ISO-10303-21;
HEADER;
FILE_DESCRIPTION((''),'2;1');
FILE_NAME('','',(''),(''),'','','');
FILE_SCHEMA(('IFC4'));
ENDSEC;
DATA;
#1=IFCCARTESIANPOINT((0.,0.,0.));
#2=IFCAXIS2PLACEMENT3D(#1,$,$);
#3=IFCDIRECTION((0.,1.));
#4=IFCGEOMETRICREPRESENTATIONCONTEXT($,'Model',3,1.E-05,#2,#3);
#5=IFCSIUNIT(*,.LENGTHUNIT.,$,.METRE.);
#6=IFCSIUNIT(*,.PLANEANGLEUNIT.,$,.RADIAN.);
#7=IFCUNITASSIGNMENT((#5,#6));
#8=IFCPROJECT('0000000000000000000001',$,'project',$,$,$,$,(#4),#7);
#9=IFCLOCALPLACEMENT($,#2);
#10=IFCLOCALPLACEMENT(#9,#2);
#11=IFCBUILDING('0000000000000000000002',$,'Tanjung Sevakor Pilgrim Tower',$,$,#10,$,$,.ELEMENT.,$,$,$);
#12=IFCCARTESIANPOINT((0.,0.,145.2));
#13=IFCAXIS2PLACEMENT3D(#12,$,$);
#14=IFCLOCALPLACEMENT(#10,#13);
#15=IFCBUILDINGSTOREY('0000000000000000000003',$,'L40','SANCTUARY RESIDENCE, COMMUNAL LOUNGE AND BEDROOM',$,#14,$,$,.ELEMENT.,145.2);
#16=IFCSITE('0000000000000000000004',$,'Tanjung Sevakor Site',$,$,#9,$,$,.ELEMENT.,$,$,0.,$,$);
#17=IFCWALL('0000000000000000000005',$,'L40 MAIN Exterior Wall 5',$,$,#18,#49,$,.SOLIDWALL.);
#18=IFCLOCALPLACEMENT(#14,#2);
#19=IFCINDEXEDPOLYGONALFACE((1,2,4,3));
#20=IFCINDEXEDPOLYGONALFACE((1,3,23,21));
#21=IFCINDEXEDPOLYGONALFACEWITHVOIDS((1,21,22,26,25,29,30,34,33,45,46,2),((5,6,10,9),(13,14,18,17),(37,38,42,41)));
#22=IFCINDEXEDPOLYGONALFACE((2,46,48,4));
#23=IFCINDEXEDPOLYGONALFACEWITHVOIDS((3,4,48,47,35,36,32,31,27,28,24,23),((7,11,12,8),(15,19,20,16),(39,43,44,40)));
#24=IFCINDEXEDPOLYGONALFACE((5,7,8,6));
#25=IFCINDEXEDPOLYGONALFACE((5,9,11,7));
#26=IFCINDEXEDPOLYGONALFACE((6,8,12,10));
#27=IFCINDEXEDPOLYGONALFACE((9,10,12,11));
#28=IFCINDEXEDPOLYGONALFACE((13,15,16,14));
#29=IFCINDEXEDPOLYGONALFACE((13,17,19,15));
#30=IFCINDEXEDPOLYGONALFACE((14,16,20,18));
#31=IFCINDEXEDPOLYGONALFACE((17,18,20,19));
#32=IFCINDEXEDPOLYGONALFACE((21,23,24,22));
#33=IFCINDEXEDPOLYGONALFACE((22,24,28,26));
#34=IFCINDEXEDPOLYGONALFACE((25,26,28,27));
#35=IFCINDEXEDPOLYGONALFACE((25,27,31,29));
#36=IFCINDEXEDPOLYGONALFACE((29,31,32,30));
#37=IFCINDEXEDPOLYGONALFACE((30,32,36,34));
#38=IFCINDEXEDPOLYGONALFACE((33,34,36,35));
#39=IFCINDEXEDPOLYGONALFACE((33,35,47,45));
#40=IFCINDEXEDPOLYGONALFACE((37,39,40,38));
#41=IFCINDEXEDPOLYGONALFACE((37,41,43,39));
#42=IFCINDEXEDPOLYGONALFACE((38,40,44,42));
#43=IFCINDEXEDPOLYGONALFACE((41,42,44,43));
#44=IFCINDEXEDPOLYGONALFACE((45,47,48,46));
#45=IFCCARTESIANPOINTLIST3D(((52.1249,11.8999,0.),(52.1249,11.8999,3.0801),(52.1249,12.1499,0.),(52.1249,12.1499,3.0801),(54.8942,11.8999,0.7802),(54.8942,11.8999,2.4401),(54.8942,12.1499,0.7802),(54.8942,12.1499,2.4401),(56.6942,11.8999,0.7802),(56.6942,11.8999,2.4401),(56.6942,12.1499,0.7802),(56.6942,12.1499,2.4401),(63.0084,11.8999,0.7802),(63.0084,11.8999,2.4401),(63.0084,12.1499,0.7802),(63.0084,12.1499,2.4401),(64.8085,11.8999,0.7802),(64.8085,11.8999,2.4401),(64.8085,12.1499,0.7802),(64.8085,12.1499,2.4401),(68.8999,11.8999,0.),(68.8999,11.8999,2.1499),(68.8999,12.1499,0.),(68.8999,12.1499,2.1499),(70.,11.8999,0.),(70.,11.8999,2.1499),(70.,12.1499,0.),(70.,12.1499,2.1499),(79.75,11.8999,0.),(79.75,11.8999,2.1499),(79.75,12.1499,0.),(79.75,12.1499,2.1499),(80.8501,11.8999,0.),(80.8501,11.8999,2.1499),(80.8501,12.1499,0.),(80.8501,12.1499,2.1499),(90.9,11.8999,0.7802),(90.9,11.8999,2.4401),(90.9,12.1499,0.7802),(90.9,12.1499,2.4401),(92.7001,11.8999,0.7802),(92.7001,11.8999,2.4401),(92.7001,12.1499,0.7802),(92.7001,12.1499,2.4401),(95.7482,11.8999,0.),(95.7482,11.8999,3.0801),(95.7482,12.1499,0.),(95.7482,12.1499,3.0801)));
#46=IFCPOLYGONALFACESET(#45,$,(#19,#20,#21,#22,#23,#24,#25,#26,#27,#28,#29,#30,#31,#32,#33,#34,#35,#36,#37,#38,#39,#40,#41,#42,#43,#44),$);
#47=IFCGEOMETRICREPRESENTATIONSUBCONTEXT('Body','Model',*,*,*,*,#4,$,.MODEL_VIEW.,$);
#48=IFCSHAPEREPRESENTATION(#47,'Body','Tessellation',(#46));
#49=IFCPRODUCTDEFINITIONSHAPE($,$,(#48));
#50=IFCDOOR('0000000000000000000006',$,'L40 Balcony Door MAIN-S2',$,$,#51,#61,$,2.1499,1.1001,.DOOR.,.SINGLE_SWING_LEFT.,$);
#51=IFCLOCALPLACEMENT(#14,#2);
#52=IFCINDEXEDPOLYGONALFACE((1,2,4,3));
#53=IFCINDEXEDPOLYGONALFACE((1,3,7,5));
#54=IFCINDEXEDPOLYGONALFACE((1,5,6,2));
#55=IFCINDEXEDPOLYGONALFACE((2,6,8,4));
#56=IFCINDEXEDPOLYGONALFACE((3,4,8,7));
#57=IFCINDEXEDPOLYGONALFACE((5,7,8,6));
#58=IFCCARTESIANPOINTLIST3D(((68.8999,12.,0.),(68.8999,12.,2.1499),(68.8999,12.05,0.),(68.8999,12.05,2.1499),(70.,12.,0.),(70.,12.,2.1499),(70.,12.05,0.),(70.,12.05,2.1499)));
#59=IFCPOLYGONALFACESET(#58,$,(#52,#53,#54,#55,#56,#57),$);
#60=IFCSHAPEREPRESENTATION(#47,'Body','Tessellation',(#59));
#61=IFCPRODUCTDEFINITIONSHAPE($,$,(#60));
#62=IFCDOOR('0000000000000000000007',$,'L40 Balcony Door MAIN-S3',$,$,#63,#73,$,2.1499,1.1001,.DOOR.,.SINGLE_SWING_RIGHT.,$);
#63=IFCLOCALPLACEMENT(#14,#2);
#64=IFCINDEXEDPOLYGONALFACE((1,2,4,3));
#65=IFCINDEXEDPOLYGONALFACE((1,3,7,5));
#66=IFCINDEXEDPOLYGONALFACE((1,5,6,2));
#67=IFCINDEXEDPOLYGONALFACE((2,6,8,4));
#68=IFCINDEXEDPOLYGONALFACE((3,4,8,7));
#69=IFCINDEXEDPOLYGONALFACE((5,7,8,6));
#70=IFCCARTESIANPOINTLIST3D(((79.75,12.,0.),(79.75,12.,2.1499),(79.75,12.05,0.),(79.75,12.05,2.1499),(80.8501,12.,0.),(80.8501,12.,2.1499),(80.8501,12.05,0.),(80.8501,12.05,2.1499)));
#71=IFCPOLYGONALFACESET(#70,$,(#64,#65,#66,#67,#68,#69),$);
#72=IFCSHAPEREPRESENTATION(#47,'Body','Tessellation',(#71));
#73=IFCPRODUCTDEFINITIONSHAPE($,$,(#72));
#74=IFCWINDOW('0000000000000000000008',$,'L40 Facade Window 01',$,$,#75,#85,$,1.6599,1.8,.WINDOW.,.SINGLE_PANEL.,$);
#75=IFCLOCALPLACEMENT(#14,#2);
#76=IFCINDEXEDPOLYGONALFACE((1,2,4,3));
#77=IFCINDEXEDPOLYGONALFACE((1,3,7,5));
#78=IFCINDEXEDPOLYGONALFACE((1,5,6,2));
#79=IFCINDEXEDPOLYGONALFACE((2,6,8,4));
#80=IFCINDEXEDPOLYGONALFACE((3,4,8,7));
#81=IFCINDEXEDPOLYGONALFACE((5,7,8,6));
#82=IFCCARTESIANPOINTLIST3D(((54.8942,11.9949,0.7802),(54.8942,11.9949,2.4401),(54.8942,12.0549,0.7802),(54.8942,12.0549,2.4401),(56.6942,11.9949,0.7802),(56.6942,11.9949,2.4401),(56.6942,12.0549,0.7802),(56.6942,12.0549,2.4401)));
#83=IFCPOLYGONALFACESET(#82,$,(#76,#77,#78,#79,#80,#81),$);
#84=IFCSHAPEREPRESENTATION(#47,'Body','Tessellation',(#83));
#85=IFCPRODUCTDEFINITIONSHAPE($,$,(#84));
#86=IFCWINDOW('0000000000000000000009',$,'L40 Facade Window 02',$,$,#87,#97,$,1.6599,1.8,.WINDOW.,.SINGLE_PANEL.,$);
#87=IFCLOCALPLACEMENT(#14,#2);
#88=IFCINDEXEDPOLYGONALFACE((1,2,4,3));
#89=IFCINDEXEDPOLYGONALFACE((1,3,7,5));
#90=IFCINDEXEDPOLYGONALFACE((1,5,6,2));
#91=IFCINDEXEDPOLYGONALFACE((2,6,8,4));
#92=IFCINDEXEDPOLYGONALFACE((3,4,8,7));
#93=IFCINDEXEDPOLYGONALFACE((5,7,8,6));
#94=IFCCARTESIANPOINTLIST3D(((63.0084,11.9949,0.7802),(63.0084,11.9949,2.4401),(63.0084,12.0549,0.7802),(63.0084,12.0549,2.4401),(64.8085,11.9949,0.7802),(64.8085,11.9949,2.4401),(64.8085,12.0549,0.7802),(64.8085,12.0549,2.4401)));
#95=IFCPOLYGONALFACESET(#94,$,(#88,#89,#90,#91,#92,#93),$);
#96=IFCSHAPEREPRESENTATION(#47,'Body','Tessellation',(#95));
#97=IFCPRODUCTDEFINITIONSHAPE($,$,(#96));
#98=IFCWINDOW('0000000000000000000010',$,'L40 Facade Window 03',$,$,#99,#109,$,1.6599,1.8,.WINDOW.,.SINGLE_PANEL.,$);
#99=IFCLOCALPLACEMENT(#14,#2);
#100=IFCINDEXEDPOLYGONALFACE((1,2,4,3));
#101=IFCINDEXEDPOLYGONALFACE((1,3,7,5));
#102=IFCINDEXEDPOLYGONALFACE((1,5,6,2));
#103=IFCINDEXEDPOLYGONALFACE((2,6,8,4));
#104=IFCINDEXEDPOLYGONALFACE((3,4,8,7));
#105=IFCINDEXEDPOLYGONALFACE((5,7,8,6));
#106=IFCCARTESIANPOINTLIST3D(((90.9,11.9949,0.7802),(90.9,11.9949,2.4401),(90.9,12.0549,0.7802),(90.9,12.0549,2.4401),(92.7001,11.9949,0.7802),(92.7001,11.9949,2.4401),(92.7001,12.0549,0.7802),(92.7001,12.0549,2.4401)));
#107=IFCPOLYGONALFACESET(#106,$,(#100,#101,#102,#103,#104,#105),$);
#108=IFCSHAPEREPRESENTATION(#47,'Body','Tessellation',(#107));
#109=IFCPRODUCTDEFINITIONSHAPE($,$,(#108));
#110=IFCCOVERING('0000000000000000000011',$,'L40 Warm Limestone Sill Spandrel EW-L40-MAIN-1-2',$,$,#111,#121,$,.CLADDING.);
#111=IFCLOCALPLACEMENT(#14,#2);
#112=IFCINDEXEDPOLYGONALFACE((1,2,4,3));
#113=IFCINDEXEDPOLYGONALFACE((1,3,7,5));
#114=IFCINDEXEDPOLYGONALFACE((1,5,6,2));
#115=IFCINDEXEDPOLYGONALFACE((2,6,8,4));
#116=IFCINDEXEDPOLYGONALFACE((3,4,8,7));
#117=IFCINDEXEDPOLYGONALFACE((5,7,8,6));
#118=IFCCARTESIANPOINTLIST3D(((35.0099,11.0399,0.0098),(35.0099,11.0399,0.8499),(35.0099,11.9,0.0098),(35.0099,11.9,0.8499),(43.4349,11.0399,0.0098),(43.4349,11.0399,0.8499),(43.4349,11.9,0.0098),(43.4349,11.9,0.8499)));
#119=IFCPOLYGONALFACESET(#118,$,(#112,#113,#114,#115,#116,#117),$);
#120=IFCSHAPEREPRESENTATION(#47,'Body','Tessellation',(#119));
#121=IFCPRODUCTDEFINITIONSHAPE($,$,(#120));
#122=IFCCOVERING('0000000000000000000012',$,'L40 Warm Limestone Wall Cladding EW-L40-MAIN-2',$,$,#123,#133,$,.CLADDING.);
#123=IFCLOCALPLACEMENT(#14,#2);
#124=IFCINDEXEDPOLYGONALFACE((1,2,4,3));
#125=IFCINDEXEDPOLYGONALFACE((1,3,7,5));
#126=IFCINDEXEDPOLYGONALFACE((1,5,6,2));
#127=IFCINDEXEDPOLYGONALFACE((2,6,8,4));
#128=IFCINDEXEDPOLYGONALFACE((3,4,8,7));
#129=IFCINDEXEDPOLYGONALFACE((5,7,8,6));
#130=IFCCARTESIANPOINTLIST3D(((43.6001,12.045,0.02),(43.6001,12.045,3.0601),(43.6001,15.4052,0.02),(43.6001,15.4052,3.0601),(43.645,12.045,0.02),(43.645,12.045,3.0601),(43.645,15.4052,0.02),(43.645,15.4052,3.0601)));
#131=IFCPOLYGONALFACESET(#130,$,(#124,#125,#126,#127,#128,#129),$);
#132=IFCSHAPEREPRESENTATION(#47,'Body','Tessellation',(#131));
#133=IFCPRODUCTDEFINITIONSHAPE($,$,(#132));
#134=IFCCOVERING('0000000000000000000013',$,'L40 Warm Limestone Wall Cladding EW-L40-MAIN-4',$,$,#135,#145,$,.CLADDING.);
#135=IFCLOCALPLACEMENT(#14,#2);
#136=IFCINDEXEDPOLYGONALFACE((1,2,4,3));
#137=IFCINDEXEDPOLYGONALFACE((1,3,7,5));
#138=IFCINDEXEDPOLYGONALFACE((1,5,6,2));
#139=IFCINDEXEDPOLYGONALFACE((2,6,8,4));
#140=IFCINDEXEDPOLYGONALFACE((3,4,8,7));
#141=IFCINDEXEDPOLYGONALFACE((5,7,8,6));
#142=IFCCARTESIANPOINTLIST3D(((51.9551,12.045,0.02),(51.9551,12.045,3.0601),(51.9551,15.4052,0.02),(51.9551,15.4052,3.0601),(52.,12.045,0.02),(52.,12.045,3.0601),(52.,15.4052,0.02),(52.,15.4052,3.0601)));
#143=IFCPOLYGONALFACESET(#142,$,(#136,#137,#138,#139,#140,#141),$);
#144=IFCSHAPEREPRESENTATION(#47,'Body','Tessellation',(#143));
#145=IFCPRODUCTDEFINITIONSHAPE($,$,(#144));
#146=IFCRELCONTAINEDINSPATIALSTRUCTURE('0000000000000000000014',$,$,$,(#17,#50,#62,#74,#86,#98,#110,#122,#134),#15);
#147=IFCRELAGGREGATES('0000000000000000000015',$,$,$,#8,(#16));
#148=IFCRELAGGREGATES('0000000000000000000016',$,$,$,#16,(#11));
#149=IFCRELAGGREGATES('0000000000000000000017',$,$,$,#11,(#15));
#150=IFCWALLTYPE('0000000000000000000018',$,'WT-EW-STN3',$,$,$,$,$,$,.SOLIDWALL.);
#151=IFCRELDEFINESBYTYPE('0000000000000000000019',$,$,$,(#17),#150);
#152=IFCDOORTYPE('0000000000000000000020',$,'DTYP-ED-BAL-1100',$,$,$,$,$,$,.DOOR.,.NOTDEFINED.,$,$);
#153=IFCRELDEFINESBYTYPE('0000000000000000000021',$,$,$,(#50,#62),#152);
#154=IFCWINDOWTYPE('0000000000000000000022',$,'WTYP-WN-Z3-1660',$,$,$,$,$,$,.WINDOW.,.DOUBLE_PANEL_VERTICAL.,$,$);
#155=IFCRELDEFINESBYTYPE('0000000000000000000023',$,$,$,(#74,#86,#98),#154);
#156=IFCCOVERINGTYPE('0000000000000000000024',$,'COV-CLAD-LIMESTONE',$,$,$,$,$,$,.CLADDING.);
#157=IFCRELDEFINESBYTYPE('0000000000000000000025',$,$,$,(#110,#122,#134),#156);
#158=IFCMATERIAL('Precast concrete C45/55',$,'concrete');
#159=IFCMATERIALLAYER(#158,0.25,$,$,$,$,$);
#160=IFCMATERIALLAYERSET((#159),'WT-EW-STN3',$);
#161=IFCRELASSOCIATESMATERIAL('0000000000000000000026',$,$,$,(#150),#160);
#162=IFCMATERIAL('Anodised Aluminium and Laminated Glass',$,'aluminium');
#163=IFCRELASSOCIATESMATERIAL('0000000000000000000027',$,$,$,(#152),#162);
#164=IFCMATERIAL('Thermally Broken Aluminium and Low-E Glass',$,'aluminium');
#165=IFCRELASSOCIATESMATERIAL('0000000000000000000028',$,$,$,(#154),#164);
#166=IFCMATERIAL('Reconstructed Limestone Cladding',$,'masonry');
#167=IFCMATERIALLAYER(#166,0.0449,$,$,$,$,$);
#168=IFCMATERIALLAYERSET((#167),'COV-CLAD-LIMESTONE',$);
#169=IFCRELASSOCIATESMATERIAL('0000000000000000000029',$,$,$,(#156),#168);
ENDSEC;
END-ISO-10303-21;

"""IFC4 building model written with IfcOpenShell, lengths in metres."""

from ifc_helpers import new_model, si_unit, direction, frame, frame_2d, origin, origin_2d, place, context, subcontext, project, spatial, rectangle, extrude, material, layer, layer_set, type_object, element, fill, save


model = new_model("IFC4")

# Units and contexts
model_context = context("Model", 3, precision=1e-05, world=origin(), true_north=direction((0.0, 1.0)))
body_context = subcontext(model_context, "Body", "Model", "MODEL_VIEW")
ifc_project = project(units=[si_unit("LENGTHUNIT", "METRE"), si_unit("PLANEANGLEUNIT", "RADIAN")], contexts=[model_context])

# Site, building, storey
site_placement = place(None, origin())
site = spatial("IfcSite", under=ifc_project, at=site_placement, Name="Tanjung Sevakor Site", CompositionType="ELEMENT", RefElevation=0.0)
building_placement = place(site_placement, origin())
building = spatial("IfcBuilding", under=site, at=building_placement, Name="Tanjung Sevakor Pilgrim Tower", CompositionType="ELEMENT")
storey_placement = place(building_placement, frame((0.0, 0.0, 145.2)))
storey = spatial("IfcBuildingStorey", under=building, at=storey_placement, Name="L40", Description="SANCTUARY RESIDENCE, COMMUNAL LOUNGE AND BEDROOM", CompositionType="ELEMENT", Elevation=145.2)

# Shared definitions
ifc_material_1 = material(Name="Precast concrete C45/55", Category="concrete")
ifc_layer_1 = layer(ifc_material_1, 0.25)
ifc_layer_set_1 = layer_set([ifc_layer_1], Name="WT-EW-STN3")
wall_type_1 = type_object("IfcWallType", Name="WT-EW-STN3", PredefinedType="SOLIDWALL", material=ifc_layer_set_1)

# Wall, openings, doors, windows
wall_1_placement = place(storey_placement, frame((52.125, 12.0249, 0.0), z_axis=(0.0, 0.0, 1.0), x_axis=(1.0, 0.0, 0.0)))
wall_1 = element("IfcWall", 1, at=wall_1_placement, inside=storey, type_object=wall_type_1, Name="L40 MAIN Exterior Wall 5", PredefinedType="SOLIDWALL", context=body_context, shape_type="SweptSolid", body=[
    extrude(rectangle(XDim=43.6233, YDim=0.25, at=frame_2d((21.8115, 0.0))), origin(), (0.0, 0.0, 1.0), 3.0801),
])
opening_1_placement = place(wall_1_placement, frame((16.7749, 0.0, 0.0)))
opening_1 = element("IfcOpeningElement", 2, at=opening_1_placement, cuts=wall_1, PredefinedType="OPENING", context=body_context, shape_type="SweptSolid", body=[
    extrude(rectangle(XDim=1.1001, YDim=2.1499, at=frame_2d((0.55, 1.075))), frame((0.0, 0.135, 0.0), z_axis=(0.0, -1.0, 0.0), x_axis=(1.0, 0.0, 0.0)), (0.0, 0.0, 1.0), 0.27),
])
opening_2_placement = place(wall_1_placement, frame((27.625, 0.0, 0.0)))
opening_2 = element("IfcOpeningElement", 3, at=opening_2_placement, cuts=wall_1, PredefinedType="OPENING", context=body_context, shape_type="SweptSolid", body=[
    extrude(rectangle(XDim=1.1001, YDim=2.1499, at=frame_2d((0.55, 1.075))), frame((0.0, 0.135, 0.0), z_axis=(0.0, -1.0, 0.0), x_axis=(1.0, 0.0, 0.0)), (0.0, 0.0, 1.0), 0.27),
])
opening_3_placement = place(wall_1_placement, frame((2.7693, 0.0, 0.78)))
opening_3 = element("IfcOpeningElement", 4, at=opening_3_placement, cuts=wall_1, PredefinedType="OPENING", context=body_context, shape_type="SweptSolid", body=[
    extrude(rectangle(XDim=1.8, YDim=1.6599, at=frame_2d((0.8999, 0.8301))), frame((0.0, 0.135, 0.0), z_axis=(0.0, -1.0, 0.0), x_axis=(1.0, 0.0, 0.0)), (0.0, 0.0, 1.0), 0.27),
])
opening_4_placement = place(wall_1_placement, frame((10.8835, 0.0, 0.78)))
opening_4 = element("IfcOpeningElement", 5, at=opening_4_placement, cuts=wall_1, PredefinedType="OPENING", context=body_context, shape_type="SweptSolid", body=[
    extrude(rectangle(XDim=1.8, YDim=1.6599, at=frame_2d((0.8999, 0.8301))), frame((0.0, 0.135, 0.0), z_axis=(0.0, -1.0, 0.0), x_axis=(1.0, 0.0, 0.0)), (0.0, 0.0, 1.0), 0.27),
])
opening_5_placement = place(wall_1_placement, frame((38.7751, 0.0, 0.78)))
opening_5 = element("IfcOpeningElement", 6, at=opening_5_placement, cuts=wall_1, PredefinedType="OPENING", context=body_context, shape_type="SweptSolid", body=[
    extrude(rectangle(XDim=1.8, YDim=1.6599, at=frame_2d((0.8999, 0.8301))), frame((0.0, 0.135, 0.0), z_axis=(0.0, -1.0, 0.0), x_axis=(1.0, 0.0, 0.0)), (0.0, 0.0, 1.0), 0.27),
])
ifc_material_2 = material(Name="Anodised Aluminium and Laminated Glass", Category="aluminium")
door_type_1 = type_object("IfcDoorType", Name="DTYP-ED-BAL-1100", OperationType="NOTDEFINED", PredefinedType="DOOR", material=ifc_material_2)
door_1_placement = place(opening_1_placement, frame((1.1001, 0.0, 0.0), z_axis=(0.0, 0.0, 1.0), x_axis=(-1.0, 0.0, 0.0)))
door_1 = element("IfcDoor", 7, at=door_1_placement, inside=storey, type_object=door_type_1, Name="L40 Balcony Door MAIN-S2", OperationType="SINGLE_SWING_LEFT", OverallHeight=2.1499, OverallWidth=1.1001, PredefinedType="DOOR", context=body_context, shape_type="SweptSolid", body=[
    extrude(rectangle(XDim=1.1001, YDim=2.1499, at=frame_2d((0.55, 1.075))), frame((0.0, 0.0249, 0.0), z_axis=(0.0, -1.0, 0.0), x_axis=(1.0, 0.0, 0.0)), (0.0, 0.0, 1.0), 0.05),
])
fill(opening_1, door_1)
door_2_placement = place(opening_2_placement, frame((1.1001, 0.0, 0.0), z_axis=(0.0, 0.0, 1.0), x_axis=(-1.0, 0.0, 0.0)))
door_2 = element("IfcDoor", 8, at=door_2_placement, inside=storey, type_object=door_type_1, Name="L40 Balcony Door MAIN-S3", OperationType="SINGLE_SWING_RIGHT", OverallHeight=2.1499, OverallWidth=1.1001, PredefinedType="DOOR", context=body_context, shape_type="SweptSolid", body=[
    extrude(rectangle(XDim=1.1001, YDim=2.1499, at=frame_2d((0.55, 1.075))), frame((0.0, 0.0249, 0.0), z_axis=(0.0, -1.0, 0.0), x_axis=(1.0, 0.0, 0.0)), (0.0, 0.0, 1.0), 0.05),
])
fill(opening_2, door_2)
ifc_material_3 = material(Name="Thermally Broken Aluminium and Low-E Glass", Category="aluminium")
window_type = type_object("IfcWindowType", Name="WTYP-WN-Z3-1660", PartitioningType="DOUBLE_PANEL_VERTICAL", PredefinedType="WINDOW", material=ifc_material_3)
window_1_placement = place(opening_3_placement, origin())
window_1 = element("IfcWindow", 9, at=window_1_placement, inside=storey, type_object=window_type, Name="L40 Facade Window 01", OverallHeight=1.6599, OverallWidth=1.8, PartitioningType="SINGLE_PANEL", PredefinedType="WINDOW", context=body_context, shape_type="SweptSolid", body=[
    extrude(rectangle(XDim=1.8, YDim=1.6599, at=frame_2d((0.8999, 0.8301))), frame((0.0, 0.03, 0.0), z_axis=(0.0, -1.0, 0.0), x_axis=(1.0, 0.0, 0.0)), (0.0, 0.0, 1.0), 0.0601),
])
fill(opening_3, window_1)
window_2_placement = place(opening_4_placement, origin())
window_2 = element("IfcWindow", 10, at=window_2_placement, inside=storey, type_object=window_type, Name="L40 Facade Window 02", OverallHeight=1.6599, OverallWidth=1.8, PartitioningType="SINGLE_PANEL", PredefinedType="WINDOW", context=body_context, shape_type="SweptSolid", body=[
    extrude(rectangle(XDim=1.8, YDim=1.6599, at=frame_2d((0.8999, 0.8301))), frame((0.0, 0.03, 0.0), z_axis=(0.0, -1.0, 0.0), x_axis=(1.0, 0.0, 0.0)), (0.0, 0.0, 1.0), 0.0601),
])
fill(opening_4, window_2)
window_3_placement = place(opening_5_placement, origin())
window_3 = element("IfcWindow", 11, at=window_3_placement, inside=storey, type_object=window_type, Name="L40 Facade Window 03", OverallHeight=1.6599, OverallWidth=1.8, PartitioningType="SINGLE_PANEL", PredefinedType="WINDOW", context=body_context, shape_type="SweptSolid", body=[
    extrude(rectangle(XDim=1.8, YDim=1.6599, at=frame_2d((0.8999, 0.8301))), frame((0.0, 0.03, 0.0), z_axis=(0.0, -1.0, 0.0), x_axis=(1.0, 0.0, 0.0)), (0.0, 0.0, 1.0), 0.0601),
])
fill(opening_5, window_3)

# Coverings
ifc_material_4 = material(Name="Reconstructed Limestone Cladding", Category="masonry")
ifc_layer_2 = layer(ifc_material_4, 0.0449)
ifc_layer_set_2 = layer_set([ifc_layer_2], Name="COV-CLAD-LIMESTONE")
covering_type = type_object("IfcCoveringType", Name="COV-CLAD-LIMESTONE", PredefinedType="CLADDING", material=ifc_layer_set_2)
covering_placement = place(storey_placement, frame((39.2224, 11.47, 0.0098), z_axis=(0.0, 0.0, 1.0), x_axis=(1.0, 0.0, 0.0)))
element("IfcCovering", 12, at=covering_placement, inside=storey, type_object=covering_type, Name="L40 Warm Limestone Sill Spandrel EW-L40-MAIN-1-2", PredefinedType="CLADDING", context=body_context, shape_type="SweptSolid", body=[
    extrude(rectangle(XDim=8.425, YDim=0.8601, at=origin_2d()), origin(), (0.0, 0.0, 1.0), 0.8401),
])
for number, where, z_axis, x_axis, name in (
    (13, (43.6226, 13.7251, 0.02), (0.0, 0.0, 1.0), (0.0, 1.0, 0.0), "L40 Warm Limestone Wall Cladding EW-L40-MAIN-2"),
    (14, (51.9775, 13.7251, 0.02), (0.0, 0.0, 1.0), (0.0, -1.0, 0.0), "L40 Warm Limestone Wall Cladding EW-L40-MAIN-4"),
):
    element("IfcCovering", number, at=place(storey_placement, frame(where, z_axis=z_axis, x_axis=x_axis)), inside=storey, type_object=covering_type, Name=name, PredefinedType="CLADDING", context=body_context, shape_type="SweptSolid", body=[
        extrude(rectangle(XDim=3.3601, YDim=0.0449, at=origin_2d()), origin(), (0.0, 0.0, 1.0), 3.04),
    ])

save(model, "model.ifc")
